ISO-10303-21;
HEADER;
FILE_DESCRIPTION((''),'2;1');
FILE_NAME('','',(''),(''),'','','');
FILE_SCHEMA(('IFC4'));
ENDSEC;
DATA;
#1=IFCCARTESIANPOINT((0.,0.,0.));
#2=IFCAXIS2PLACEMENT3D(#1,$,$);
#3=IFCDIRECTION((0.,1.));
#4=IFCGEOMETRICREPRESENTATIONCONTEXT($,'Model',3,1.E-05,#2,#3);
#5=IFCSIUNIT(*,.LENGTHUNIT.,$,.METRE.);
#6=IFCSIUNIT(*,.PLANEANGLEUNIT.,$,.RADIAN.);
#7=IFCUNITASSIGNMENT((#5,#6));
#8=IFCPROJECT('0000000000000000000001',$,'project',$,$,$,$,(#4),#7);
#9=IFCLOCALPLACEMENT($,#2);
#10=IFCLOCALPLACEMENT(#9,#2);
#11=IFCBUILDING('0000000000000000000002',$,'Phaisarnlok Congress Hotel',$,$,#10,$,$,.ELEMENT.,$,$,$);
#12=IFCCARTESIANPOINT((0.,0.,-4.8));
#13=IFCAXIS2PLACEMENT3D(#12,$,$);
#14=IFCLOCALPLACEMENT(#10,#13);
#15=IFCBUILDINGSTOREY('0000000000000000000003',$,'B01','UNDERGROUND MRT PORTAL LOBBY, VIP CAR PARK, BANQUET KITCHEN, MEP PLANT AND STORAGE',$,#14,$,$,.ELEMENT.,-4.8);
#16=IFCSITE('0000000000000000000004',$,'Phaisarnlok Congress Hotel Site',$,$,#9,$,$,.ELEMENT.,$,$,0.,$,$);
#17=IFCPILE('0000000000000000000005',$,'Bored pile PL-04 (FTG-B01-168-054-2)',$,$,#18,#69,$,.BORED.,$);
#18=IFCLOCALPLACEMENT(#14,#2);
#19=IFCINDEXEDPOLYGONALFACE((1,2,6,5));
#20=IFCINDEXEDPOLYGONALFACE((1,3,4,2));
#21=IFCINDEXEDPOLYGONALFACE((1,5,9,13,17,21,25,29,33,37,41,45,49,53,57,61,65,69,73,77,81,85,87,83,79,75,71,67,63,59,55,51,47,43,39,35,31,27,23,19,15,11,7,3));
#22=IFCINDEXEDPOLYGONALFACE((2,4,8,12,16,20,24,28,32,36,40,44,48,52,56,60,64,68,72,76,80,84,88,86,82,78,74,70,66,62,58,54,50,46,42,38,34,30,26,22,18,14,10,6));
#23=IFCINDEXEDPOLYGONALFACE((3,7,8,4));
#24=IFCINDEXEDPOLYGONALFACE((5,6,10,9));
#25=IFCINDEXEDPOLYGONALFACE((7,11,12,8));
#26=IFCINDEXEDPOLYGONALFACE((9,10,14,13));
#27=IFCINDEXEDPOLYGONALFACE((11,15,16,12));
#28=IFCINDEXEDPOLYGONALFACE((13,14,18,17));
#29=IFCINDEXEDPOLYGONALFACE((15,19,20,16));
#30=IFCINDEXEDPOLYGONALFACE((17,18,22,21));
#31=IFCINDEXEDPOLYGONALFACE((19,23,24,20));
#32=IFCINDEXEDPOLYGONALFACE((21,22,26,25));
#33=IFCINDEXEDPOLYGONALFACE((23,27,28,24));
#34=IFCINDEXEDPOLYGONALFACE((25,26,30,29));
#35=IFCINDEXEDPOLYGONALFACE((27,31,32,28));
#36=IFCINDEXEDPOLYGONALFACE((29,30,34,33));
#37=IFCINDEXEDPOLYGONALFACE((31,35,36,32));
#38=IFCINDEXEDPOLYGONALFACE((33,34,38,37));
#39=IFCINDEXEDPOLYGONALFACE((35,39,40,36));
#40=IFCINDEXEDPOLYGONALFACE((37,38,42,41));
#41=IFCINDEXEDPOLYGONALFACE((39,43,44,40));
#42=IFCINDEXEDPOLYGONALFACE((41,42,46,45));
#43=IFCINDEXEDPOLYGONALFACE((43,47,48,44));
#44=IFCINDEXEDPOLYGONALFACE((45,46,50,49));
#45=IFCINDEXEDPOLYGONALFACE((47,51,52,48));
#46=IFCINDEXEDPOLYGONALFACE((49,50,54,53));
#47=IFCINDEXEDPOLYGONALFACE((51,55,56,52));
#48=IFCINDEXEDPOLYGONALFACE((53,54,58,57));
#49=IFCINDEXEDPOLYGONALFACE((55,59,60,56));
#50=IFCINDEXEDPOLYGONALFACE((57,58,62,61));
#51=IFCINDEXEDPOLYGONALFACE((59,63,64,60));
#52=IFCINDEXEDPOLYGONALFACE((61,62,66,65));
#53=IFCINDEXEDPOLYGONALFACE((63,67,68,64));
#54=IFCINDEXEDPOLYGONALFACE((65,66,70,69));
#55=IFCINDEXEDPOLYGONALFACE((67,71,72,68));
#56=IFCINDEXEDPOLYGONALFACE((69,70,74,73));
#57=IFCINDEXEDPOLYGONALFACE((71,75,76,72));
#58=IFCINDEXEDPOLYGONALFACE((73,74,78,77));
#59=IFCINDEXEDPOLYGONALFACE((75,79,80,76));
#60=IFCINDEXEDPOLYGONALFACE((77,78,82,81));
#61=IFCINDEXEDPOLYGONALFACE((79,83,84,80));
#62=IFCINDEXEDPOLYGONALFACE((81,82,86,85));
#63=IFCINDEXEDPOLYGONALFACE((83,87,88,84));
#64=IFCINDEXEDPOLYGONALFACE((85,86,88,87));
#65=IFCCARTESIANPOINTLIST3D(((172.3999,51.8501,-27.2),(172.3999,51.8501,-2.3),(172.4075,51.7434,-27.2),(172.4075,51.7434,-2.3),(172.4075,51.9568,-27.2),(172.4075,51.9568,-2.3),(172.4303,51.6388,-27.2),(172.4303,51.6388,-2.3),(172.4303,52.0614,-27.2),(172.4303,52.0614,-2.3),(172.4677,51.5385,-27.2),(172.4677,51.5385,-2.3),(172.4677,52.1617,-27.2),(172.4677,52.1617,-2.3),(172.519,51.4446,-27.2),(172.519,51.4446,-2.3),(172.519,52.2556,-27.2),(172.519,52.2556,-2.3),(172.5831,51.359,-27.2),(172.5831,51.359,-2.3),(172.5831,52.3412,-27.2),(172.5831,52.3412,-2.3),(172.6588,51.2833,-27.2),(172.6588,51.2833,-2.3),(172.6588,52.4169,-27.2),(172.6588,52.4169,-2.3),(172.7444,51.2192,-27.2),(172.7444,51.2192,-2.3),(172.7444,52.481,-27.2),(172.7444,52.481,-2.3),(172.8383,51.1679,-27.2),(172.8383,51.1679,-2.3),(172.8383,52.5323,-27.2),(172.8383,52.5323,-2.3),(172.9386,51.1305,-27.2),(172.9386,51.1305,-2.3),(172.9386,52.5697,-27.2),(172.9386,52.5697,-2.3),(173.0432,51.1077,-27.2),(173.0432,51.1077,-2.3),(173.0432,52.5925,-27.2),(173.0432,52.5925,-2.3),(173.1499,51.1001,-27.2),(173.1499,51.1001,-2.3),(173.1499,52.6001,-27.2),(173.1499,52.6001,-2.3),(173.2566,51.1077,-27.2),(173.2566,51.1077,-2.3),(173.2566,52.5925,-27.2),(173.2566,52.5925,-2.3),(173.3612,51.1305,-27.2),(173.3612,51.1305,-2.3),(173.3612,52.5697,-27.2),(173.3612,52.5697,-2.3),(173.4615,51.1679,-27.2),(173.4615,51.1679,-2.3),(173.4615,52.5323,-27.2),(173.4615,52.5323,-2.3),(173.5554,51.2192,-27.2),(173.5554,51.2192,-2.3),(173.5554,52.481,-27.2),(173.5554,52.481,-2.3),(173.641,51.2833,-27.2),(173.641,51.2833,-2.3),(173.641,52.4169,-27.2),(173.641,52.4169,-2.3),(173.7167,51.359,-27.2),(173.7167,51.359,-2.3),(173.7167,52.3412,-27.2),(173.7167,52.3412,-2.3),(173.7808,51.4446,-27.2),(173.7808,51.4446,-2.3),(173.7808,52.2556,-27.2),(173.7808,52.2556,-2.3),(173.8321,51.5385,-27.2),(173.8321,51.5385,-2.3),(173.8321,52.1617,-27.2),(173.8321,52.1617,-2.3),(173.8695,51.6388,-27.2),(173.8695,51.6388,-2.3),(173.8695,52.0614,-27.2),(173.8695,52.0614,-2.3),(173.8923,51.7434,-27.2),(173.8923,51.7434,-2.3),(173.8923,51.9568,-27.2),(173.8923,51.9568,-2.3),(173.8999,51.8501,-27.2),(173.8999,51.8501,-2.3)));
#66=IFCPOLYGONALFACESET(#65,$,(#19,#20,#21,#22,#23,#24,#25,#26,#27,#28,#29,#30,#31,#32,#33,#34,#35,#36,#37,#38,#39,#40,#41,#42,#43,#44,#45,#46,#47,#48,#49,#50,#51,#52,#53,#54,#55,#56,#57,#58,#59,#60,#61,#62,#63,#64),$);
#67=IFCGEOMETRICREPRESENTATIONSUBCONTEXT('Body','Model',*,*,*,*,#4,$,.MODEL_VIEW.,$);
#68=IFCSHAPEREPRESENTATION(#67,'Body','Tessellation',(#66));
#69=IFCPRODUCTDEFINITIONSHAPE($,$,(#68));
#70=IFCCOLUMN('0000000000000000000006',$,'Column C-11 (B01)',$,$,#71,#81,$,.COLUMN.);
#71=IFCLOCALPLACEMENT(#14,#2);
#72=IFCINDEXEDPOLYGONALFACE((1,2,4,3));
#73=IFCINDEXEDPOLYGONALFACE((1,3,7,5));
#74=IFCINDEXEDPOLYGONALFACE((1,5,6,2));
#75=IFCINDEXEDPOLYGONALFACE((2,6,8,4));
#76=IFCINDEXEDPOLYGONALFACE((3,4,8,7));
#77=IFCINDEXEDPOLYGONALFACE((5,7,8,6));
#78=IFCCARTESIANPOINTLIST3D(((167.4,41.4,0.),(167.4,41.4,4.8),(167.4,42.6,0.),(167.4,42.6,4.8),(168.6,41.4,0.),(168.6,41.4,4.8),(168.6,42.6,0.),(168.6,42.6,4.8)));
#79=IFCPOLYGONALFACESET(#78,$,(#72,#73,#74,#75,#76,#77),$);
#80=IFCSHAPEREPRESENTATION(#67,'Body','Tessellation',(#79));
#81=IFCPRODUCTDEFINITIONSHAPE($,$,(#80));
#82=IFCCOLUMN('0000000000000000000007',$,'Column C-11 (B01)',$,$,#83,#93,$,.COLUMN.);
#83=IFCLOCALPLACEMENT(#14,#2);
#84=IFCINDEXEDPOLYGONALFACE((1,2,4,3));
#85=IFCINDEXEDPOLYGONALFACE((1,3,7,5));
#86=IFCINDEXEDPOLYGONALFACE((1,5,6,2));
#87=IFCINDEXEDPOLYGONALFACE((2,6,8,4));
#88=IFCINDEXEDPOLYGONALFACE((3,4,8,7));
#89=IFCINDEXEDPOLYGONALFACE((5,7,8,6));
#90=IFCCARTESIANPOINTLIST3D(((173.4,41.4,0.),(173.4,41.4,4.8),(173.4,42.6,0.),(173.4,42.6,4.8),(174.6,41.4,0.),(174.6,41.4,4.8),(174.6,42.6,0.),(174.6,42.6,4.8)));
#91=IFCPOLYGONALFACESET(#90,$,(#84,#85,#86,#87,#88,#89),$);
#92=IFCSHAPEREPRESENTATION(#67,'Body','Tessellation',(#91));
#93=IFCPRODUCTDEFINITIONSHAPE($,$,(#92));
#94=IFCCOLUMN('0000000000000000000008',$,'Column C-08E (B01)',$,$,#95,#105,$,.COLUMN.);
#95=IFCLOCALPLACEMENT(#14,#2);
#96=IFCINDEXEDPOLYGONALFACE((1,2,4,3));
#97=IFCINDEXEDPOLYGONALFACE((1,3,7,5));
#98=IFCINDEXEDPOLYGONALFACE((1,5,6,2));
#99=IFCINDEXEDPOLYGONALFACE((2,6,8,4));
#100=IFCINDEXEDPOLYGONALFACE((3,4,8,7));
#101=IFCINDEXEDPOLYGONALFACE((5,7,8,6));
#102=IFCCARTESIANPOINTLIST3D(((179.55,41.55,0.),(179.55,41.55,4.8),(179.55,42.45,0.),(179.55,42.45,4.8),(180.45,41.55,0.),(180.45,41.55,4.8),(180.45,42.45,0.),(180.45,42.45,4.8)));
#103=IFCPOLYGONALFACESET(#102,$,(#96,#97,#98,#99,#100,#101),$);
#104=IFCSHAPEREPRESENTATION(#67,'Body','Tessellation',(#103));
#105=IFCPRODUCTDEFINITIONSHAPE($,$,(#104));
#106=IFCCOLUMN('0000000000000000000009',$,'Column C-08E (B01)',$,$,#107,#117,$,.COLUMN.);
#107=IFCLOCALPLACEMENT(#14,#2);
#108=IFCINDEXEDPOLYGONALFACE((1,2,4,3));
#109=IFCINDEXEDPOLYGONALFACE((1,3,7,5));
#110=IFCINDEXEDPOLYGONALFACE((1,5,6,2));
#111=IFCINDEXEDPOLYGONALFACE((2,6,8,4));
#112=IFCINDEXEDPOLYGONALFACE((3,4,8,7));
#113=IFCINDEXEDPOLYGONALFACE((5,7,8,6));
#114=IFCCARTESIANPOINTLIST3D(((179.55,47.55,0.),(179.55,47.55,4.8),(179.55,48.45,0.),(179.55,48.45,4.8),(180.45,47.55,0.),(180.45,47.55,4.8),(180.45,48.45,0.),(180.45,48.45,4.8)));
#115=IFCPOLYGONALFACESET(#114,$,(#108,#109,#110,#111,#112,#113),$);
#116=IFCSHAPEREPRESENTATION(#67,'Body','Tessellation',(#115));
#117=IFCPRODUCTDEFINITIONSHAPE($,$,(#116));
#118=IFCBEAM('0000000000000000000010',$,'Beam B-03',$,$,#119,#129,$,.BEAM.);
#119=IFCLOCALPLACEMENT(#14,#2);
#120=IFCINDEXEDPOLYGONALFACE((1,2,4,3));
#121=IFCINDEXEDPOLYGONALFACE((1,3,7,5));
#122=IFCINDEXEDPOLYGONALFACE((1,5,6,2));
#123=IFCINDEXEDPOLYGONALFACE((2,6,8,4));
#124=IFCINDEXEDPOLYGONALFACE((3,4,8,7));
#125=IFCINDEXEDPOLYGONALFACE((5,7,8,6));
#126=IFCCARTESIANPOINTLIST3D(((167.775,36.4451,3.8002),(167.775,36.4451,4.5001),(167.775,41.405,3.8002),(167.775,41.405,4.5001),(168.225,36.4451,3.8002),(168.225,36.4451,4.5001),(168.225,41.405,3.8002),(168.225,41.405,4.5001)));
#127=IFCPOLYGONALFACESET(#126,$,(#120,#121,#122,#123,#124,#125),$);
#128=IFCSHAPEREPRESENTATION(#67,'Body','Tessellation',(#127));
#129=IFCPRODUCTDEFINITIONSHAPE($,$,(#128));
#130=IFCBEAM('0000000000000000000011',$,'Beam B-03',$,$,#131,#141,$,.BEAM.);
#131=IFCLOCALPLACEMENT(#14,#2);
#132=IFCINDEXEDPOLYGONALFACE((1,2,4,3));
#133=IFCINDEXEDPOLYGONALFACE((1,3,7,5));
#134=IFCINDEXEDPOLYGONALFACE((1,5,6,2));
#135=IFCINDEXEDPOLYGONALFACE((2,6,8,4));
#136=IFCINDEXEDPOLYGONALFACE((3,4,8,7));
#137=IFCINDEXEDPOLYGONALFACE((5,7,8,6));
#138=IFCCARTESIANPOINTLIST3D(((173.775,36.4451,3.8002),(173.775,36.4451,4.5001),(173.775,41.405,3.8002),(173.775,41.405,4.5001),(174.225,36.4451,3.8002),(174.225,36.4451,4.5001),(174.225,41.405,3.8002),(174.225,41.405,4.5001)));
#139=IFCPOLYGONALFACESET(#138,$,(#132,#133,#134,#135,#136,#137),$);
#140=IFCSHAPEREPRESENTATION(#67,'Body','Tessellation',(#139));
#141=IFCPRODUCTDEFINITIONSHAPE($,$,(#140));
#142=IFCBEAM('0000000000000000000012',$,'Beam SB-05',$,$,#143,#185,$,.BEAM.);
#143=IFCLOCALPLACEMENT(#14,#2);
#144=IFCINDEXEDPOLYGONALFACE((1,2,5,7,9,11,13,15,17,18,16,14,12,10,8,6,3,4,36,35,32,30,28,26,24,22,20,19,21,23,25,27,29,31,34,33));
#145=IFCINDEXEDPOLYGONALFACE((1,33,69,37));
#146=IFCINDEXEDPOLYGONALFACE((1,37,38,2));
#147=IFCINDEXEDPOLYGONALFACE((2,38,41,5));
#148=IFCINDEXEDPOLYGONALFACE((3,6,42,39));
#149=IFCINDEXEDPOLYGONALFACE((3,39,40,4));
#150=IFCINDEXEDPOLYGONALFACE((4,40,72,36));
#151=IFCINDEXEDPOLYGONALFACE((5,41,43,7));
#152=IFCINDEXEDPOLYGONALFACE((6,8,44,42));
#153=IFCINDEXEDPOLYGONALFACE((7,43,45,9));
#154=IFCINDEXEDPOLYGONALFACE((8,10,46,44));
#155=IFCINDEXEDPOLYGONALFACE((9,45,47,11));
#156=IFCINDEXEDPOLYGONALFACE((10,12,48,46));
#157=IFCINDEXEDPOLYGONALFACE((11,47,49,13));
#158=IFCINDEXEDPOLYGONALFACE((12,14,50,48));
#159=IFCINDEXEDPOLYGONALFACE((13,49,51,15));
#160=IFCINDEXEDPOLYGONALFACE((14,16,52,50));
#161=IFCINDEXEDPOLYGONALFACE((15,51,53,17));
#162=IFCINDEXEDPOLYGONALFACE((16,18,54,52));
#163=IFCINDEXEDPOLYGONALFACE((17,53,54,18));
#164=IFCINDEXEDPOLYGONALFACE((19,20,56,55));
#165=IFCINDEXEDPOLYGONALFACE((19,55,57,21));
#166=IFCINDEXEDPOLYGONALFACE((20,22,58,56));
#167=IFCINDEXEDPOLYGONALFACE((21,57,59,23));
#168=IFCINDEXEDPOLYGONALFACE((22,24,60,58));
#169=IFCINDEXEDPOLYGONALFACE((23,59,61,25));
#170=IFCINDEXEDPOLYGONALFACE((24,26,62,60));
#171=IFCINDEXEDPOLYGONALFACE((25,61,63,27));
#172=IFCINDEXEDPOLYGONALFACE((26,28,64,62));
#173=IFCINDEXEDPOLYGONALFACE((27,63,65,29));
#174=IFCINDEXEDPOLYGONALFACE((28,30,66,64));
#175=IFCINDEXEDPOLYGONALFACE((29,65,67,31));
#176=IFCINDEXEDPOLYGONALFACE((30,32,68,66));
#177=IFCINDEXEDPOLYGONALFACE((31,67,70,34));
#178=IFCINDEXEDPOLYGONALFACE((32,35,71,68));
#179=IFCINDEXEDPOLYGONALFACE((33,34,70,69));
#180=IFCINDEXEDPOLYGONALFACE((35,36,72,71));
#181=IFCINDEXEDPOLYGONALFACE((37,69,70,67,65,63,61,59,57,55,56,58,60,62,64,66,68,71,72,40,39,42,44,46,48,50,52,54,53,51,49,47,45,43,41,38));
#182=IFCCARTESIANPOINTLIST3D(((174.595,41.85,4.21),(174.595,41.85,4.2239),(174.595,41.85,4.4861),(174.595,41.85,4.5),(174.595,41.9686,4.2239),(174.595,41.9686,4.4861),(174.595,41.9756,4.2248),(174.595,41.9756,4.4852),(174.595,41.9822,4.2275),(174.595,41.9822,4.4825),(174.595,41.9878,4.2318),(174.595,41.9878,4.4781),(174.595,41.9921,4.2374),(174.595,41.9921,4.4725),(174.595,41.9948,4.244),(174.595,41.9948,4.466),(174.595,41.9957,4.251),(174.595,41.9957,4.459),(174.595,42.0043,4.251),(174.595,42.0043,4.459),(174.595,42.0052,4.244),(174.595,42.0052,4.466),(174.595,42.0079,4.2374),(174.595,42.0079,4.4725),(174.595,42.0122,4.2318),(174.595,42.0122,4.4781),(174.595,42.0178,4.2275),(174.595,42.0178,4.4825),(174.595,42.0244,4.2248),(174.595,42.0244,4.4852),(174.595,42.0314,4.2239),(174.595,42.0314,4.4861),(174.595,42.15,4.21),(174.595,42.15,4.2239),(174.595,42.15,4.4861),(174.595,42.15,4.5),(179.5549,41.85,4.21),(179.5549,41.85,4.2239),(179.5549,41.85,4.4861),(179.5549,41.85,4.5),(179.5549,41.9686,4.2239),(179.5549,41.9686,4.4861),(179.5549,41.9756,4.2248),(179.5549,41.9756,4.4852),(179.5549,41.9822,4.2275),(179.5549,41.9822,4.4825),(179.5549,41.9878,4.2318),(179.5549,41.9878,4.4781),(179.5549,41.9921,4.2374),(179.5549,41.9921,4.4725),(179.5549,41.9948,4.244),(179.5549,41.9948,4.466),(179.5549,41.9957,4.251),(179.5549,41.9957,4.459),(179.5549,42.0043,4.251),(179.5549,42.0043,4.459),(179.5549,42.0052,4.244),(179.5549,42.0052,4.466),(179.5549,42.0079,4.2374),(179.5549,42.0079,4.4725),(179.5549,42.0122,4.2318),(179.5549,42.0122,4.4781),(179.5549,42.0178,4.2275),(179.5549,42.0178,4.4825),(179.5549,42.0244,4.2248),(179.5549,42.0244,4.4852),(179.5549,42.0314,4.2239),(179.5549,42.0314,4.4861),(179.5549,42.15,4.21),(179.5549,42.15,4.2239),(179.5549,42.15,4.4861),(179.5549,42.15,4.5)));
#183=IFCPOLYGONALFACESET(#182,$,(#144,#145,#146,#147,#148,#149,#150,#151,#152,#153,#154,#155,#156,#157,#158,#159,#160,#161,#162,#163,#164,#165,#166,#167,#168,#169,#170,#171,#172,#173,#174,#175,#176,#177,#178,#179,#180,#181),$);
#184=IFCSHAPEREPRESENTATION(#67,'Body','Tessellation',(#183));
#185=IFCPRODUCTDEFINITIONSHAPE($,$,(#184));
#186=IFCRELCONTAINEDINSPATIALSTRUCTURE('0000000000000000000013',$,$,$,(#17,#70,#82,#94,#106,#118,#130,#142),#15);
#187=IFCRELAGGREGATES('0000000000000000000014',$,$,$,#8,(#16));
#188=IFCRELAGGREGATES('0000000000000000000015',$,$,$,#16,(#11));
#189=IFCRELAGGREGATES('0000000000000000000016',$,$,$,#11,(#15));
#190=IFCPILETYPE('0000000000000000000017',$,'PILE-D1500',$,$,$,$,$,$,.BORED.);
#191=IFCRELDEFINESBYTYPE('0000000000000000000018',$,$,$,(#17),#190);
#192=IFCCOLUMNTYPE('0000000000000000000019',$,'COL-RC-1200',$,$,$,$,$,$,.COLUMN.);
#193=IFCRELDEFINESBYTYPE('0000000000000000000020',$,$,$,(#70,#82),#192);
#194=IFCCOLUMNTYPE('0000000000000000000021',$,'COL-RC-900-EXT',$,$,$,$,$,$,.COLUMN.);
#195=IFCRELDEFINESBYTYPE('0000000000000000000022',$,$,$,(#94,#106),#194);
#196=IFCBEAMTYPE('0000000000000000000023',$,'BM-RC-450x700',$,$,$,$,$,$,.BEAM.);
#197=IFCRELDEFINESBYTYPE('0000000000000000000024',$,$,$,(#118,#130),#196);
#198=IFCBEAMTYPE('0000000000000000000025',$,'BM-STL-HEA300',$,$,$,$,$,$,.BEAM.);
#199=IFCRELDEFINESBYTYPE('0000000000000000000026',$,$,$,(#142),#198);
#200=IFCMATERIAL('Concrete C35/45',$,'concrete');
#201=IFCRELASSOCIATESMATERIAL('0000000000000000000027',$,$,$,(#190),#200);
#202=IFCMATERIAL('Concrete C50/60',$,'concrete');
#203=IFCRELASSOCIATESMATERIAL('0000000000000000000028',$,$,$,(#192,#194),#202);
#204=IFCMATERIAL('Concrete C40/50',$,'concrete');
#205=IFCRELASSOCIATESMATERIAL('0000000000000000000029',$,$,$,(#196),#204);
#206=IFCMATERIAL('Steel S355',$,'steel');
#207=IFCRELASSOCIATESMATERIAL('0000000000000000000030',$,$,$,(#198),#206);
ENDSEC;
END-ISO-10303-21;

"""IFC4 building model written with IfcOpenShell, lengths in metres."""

from ifc_helpers import new_model, si_unit, direction, frame, origin, origin_2d, place, context, subcontext, project, spatial, rectangle, circle, i_section, extrude, material, material_profile, profile_set, type_object, element, save


model = new_model("IFC4")

# Units and contexts
model_context = context("Model", 3, precision=1e-05, world=origin(), true_north=direction((0.0, 1.0)))
body_context = subcontext(model_context, "Body", "Model", "MODEL_VIEW")
ifc_project = project(units=[si_unit("LENGTHUNIT", "METRE"), si_unit("PLANEANGLEUNIT", "RADIAN")], contexts=[model_context])

# Site, building, storey
site_placement = place(None, origin())
site = spatial("IfcSite", under=ifc_project, at=site_placement, Name="Phaisarnlok Congress Hotel Site", CompositionType="ELEMENT", RefElevation=0.0)
building_placement = place(site_placement, origin())
building = spatial("IfcBuilding", under=site, at=building_placement, Name="Phaisarnlok Congress Hotel", CompositionType="ELEMENT")
storey_placement = place(building_placement, frame((0.0, 0.0, -4.8)))
storey = spatial("IfcBuildingStorey", under=building, at=storey_placement, Name="B01", Description="UNDERGROUND MRT PORTAL LOBBY, VIP CAR PARK, BANQUET KITCHEN, MEP PLANT AND STORAGE", CompositionType="ELEMENT", Elevation=-4.8)

# Shared definitions
ifc_material_1 = material(Name="Concrete C40/50", Category="concrete")

# Pile
ifc_material_2 = material(Name="Concrete C35/45", Category="concrete")
ifc_material_profile_1 = material_profile(ifc_material_2, circle(Radius=0.75, at=origin_2d()), Name="BORED PILE D1500")
ifc_profile_set_1 = profile_set([ifc_material_profile_1], Name="Concrete C35/45")
pile_type_1 = type_object("IfcPileType", Name="PILE-D1500", PredefinedType="BORED", material=ifc_profile_set_1)
for number, where, z_axis, x_axis, name in (
    (1, (173.1499, 51.8501, -2.3), (0.0, 0.0, -1.0), (1.0, 0.0, 0.0), "Bored pile PL-04 (FTG-B01-168-054-2)"),
):
    element("IfcPile", number, at=place(storey_placement, frame(where, z_axis=z_axis, x_axis=x_axis)), inside=storey, type_object=pile_type_1, Name=name, PredefinedType="BORED", context=body_context, shape_type="SweptSolid", body=[
        extrude(circle(Radius=0.75, at=origin_2d()), origin(), (0.0, 0.0, 1.0), 24.8999),
    ])

# Columns
ifc_material_3 = material(Name="Concrete C50/60", Category="concrete")
ifc_material_profile_2 = material_profile(ifc_material_3, rectangle(XDim=1.2, YDim=1.2, at=origin_2d()), Name="RC 1200x1200")
ifc_profile_set_2 = profile_set([ifc_material_profile_2], Name="Concrete C50/60")
column_type_1 = type_object("IfcColumnType", Name="COL-RC-1200", PredefinedType="COLUMN", material=ifc_profile_set_2)
for number, where, z_axis, x_axis, name in (
    (2, (168.0, 42.0, 0.0), (0.0, 0.0, 1.0), (1.0, 0.0, 0.0), "Column C-11 (B01)"),
    (3, (174.0, 42.0, 0.0), (0.0, 0.0, 1.0), (1.0, 0.0, 0.0), "Column C-11 (B01)"),
):
    element("IfcColumn", number, at=place(storey_placement, frame(where, z_axis=z_axis, x_axis=x_axis)), inside=storey, type_object=column_type_1, Name=name, PredefinedType="COLUMN", context=body_context, shape_type="SweptSolid", body=[
        extrude(rectangle(XDim=1.2, YDim=1.2, at=origin_2d()), origin(), (0.0, 0.0, 1.0), 4.8),
    ])
ifc_material_profile_3 = material_profile(ifc_material_3, rectangle(XDim=0.8999, YDim=0.8999, at=origin_2d()), Name="RC 900x900")
ifc_profile_set_3 = profile_set([ifc_material_profile_3], Name="Concrete C50/60")
column_type_2 = type_object("IfcColumnType", Name="COL-RC-900-EXT", PredefinedType="COLUMN", material=ifc_profile_set_3)
for number, where, z_axis, x_axis, name in (
    (4, (180.0, 42.0, 0.0), (0.0, 0.0, 1.0), (1.0, 0.0, 0.0), "Column C-08E (B01)"),
    (5, (180.0, 48.0, 0.0), (0.0, 0.0, 1.0), (1.0, 0.0, 0.0), "Column C-08E (B01)"),
):
    element("IfcColumn", number, at=place(storey_placement, frame(where, z_axis=z_axis, x_axis=x_axis)), inside=storey, type_object=column_type_2, Name=name, PredefinedType="COLUMN", context=body_context, shape_type="SweptSolid", body=[
        extrude(rectangle(XDim=0.8999, YDim=0.8999, at=origin_2d()), origin(), (0.0, 0.0, 1.0), 4.8),
    ])

# Beams
ifc_material_profile_4 = material_profile(ifc_material_1, rectangle(XDim=0.45, YDim=0.7, at=origin_2d()), Name="RC 450x700")
ifc_profile_set_4 = profile_set([ifc_material_profile_4], Name="Concrete C40/50")
beam_type_1 = type_object("IfcBeamType", Name="BM-RC-450x700", PredefinedType="BEAM", material=ifc_profile_set_4)
for number, where, z_axis, x_axis, name in (
    (6, (168.0, 36.4451, 4.1501), (0.0, 1.0, 0.0), (-1.0, 0.0, 0.0), "Beam B-03"),
    (7, (174.0, 36.4451, 4.1501), (0.0, 1.0, 0.0), (-1.0, 0.0, 0.0), "Beam B-03"),
):
    element("IfcBeam", number, at=place(storey_placement, frame(where, z_axis=z_axis, x_axis=x_axis)), inside=storey, type_object=beam_type_1, Name=name, PredefinedType="BEAM", context=body_context, shape_type="SweptSolid", body=[
        extrude(rectangle(XDim=0.45, YDim=0.7, at=origin_2d()), origin(), (0.0, 0.0, 1.0), 4.96),
    ])
ifc_material_4 = material(Name="Steel S355", Category="steel")
ifc_material_profile_5 = material_profile(ifc_material_4, i_section(OverallWidth=0.3, OverallDepth=0.29, WebThickness=0.0085, FlangeThickness=0.0139, FilletRadius=0.0271, at=origin_2d()), Name="HEA 300")
ifc_profile_set_5 = profile_set([ifc_material_profile_5], Name="Steel S355")
beam_type_2 = type_object("IfcBeamType", Name="BM-STL-HEA300", PredefinedType="BEAM", material=ifc_profile_set_5)
beam_1_placement = place(storey_placement, frame((174.595, 42.0, 4.355), z_axis=(1.0, 0.0, 0.0), x_axis=(0.0, 1.0, 0.0)))
element("IfcBeam", 8, at=beam_1_placement, inside=storey, type_object=beam_type_2, Name="Beam SB-05", PredefinedType="BEAM", context=body_context, shape_type="SweptSolid", body=[
    extrude(i_section(OverallWidth=0.3, OverallDepth=0.29, WebThickness=0.0085, FlangeThickness=0.0139, FilletRadius=0.0271, at=origin_2d()), origin(), (0.0, 0.0, 1.0), 4.96),
])

save(model, "model.ifc")
